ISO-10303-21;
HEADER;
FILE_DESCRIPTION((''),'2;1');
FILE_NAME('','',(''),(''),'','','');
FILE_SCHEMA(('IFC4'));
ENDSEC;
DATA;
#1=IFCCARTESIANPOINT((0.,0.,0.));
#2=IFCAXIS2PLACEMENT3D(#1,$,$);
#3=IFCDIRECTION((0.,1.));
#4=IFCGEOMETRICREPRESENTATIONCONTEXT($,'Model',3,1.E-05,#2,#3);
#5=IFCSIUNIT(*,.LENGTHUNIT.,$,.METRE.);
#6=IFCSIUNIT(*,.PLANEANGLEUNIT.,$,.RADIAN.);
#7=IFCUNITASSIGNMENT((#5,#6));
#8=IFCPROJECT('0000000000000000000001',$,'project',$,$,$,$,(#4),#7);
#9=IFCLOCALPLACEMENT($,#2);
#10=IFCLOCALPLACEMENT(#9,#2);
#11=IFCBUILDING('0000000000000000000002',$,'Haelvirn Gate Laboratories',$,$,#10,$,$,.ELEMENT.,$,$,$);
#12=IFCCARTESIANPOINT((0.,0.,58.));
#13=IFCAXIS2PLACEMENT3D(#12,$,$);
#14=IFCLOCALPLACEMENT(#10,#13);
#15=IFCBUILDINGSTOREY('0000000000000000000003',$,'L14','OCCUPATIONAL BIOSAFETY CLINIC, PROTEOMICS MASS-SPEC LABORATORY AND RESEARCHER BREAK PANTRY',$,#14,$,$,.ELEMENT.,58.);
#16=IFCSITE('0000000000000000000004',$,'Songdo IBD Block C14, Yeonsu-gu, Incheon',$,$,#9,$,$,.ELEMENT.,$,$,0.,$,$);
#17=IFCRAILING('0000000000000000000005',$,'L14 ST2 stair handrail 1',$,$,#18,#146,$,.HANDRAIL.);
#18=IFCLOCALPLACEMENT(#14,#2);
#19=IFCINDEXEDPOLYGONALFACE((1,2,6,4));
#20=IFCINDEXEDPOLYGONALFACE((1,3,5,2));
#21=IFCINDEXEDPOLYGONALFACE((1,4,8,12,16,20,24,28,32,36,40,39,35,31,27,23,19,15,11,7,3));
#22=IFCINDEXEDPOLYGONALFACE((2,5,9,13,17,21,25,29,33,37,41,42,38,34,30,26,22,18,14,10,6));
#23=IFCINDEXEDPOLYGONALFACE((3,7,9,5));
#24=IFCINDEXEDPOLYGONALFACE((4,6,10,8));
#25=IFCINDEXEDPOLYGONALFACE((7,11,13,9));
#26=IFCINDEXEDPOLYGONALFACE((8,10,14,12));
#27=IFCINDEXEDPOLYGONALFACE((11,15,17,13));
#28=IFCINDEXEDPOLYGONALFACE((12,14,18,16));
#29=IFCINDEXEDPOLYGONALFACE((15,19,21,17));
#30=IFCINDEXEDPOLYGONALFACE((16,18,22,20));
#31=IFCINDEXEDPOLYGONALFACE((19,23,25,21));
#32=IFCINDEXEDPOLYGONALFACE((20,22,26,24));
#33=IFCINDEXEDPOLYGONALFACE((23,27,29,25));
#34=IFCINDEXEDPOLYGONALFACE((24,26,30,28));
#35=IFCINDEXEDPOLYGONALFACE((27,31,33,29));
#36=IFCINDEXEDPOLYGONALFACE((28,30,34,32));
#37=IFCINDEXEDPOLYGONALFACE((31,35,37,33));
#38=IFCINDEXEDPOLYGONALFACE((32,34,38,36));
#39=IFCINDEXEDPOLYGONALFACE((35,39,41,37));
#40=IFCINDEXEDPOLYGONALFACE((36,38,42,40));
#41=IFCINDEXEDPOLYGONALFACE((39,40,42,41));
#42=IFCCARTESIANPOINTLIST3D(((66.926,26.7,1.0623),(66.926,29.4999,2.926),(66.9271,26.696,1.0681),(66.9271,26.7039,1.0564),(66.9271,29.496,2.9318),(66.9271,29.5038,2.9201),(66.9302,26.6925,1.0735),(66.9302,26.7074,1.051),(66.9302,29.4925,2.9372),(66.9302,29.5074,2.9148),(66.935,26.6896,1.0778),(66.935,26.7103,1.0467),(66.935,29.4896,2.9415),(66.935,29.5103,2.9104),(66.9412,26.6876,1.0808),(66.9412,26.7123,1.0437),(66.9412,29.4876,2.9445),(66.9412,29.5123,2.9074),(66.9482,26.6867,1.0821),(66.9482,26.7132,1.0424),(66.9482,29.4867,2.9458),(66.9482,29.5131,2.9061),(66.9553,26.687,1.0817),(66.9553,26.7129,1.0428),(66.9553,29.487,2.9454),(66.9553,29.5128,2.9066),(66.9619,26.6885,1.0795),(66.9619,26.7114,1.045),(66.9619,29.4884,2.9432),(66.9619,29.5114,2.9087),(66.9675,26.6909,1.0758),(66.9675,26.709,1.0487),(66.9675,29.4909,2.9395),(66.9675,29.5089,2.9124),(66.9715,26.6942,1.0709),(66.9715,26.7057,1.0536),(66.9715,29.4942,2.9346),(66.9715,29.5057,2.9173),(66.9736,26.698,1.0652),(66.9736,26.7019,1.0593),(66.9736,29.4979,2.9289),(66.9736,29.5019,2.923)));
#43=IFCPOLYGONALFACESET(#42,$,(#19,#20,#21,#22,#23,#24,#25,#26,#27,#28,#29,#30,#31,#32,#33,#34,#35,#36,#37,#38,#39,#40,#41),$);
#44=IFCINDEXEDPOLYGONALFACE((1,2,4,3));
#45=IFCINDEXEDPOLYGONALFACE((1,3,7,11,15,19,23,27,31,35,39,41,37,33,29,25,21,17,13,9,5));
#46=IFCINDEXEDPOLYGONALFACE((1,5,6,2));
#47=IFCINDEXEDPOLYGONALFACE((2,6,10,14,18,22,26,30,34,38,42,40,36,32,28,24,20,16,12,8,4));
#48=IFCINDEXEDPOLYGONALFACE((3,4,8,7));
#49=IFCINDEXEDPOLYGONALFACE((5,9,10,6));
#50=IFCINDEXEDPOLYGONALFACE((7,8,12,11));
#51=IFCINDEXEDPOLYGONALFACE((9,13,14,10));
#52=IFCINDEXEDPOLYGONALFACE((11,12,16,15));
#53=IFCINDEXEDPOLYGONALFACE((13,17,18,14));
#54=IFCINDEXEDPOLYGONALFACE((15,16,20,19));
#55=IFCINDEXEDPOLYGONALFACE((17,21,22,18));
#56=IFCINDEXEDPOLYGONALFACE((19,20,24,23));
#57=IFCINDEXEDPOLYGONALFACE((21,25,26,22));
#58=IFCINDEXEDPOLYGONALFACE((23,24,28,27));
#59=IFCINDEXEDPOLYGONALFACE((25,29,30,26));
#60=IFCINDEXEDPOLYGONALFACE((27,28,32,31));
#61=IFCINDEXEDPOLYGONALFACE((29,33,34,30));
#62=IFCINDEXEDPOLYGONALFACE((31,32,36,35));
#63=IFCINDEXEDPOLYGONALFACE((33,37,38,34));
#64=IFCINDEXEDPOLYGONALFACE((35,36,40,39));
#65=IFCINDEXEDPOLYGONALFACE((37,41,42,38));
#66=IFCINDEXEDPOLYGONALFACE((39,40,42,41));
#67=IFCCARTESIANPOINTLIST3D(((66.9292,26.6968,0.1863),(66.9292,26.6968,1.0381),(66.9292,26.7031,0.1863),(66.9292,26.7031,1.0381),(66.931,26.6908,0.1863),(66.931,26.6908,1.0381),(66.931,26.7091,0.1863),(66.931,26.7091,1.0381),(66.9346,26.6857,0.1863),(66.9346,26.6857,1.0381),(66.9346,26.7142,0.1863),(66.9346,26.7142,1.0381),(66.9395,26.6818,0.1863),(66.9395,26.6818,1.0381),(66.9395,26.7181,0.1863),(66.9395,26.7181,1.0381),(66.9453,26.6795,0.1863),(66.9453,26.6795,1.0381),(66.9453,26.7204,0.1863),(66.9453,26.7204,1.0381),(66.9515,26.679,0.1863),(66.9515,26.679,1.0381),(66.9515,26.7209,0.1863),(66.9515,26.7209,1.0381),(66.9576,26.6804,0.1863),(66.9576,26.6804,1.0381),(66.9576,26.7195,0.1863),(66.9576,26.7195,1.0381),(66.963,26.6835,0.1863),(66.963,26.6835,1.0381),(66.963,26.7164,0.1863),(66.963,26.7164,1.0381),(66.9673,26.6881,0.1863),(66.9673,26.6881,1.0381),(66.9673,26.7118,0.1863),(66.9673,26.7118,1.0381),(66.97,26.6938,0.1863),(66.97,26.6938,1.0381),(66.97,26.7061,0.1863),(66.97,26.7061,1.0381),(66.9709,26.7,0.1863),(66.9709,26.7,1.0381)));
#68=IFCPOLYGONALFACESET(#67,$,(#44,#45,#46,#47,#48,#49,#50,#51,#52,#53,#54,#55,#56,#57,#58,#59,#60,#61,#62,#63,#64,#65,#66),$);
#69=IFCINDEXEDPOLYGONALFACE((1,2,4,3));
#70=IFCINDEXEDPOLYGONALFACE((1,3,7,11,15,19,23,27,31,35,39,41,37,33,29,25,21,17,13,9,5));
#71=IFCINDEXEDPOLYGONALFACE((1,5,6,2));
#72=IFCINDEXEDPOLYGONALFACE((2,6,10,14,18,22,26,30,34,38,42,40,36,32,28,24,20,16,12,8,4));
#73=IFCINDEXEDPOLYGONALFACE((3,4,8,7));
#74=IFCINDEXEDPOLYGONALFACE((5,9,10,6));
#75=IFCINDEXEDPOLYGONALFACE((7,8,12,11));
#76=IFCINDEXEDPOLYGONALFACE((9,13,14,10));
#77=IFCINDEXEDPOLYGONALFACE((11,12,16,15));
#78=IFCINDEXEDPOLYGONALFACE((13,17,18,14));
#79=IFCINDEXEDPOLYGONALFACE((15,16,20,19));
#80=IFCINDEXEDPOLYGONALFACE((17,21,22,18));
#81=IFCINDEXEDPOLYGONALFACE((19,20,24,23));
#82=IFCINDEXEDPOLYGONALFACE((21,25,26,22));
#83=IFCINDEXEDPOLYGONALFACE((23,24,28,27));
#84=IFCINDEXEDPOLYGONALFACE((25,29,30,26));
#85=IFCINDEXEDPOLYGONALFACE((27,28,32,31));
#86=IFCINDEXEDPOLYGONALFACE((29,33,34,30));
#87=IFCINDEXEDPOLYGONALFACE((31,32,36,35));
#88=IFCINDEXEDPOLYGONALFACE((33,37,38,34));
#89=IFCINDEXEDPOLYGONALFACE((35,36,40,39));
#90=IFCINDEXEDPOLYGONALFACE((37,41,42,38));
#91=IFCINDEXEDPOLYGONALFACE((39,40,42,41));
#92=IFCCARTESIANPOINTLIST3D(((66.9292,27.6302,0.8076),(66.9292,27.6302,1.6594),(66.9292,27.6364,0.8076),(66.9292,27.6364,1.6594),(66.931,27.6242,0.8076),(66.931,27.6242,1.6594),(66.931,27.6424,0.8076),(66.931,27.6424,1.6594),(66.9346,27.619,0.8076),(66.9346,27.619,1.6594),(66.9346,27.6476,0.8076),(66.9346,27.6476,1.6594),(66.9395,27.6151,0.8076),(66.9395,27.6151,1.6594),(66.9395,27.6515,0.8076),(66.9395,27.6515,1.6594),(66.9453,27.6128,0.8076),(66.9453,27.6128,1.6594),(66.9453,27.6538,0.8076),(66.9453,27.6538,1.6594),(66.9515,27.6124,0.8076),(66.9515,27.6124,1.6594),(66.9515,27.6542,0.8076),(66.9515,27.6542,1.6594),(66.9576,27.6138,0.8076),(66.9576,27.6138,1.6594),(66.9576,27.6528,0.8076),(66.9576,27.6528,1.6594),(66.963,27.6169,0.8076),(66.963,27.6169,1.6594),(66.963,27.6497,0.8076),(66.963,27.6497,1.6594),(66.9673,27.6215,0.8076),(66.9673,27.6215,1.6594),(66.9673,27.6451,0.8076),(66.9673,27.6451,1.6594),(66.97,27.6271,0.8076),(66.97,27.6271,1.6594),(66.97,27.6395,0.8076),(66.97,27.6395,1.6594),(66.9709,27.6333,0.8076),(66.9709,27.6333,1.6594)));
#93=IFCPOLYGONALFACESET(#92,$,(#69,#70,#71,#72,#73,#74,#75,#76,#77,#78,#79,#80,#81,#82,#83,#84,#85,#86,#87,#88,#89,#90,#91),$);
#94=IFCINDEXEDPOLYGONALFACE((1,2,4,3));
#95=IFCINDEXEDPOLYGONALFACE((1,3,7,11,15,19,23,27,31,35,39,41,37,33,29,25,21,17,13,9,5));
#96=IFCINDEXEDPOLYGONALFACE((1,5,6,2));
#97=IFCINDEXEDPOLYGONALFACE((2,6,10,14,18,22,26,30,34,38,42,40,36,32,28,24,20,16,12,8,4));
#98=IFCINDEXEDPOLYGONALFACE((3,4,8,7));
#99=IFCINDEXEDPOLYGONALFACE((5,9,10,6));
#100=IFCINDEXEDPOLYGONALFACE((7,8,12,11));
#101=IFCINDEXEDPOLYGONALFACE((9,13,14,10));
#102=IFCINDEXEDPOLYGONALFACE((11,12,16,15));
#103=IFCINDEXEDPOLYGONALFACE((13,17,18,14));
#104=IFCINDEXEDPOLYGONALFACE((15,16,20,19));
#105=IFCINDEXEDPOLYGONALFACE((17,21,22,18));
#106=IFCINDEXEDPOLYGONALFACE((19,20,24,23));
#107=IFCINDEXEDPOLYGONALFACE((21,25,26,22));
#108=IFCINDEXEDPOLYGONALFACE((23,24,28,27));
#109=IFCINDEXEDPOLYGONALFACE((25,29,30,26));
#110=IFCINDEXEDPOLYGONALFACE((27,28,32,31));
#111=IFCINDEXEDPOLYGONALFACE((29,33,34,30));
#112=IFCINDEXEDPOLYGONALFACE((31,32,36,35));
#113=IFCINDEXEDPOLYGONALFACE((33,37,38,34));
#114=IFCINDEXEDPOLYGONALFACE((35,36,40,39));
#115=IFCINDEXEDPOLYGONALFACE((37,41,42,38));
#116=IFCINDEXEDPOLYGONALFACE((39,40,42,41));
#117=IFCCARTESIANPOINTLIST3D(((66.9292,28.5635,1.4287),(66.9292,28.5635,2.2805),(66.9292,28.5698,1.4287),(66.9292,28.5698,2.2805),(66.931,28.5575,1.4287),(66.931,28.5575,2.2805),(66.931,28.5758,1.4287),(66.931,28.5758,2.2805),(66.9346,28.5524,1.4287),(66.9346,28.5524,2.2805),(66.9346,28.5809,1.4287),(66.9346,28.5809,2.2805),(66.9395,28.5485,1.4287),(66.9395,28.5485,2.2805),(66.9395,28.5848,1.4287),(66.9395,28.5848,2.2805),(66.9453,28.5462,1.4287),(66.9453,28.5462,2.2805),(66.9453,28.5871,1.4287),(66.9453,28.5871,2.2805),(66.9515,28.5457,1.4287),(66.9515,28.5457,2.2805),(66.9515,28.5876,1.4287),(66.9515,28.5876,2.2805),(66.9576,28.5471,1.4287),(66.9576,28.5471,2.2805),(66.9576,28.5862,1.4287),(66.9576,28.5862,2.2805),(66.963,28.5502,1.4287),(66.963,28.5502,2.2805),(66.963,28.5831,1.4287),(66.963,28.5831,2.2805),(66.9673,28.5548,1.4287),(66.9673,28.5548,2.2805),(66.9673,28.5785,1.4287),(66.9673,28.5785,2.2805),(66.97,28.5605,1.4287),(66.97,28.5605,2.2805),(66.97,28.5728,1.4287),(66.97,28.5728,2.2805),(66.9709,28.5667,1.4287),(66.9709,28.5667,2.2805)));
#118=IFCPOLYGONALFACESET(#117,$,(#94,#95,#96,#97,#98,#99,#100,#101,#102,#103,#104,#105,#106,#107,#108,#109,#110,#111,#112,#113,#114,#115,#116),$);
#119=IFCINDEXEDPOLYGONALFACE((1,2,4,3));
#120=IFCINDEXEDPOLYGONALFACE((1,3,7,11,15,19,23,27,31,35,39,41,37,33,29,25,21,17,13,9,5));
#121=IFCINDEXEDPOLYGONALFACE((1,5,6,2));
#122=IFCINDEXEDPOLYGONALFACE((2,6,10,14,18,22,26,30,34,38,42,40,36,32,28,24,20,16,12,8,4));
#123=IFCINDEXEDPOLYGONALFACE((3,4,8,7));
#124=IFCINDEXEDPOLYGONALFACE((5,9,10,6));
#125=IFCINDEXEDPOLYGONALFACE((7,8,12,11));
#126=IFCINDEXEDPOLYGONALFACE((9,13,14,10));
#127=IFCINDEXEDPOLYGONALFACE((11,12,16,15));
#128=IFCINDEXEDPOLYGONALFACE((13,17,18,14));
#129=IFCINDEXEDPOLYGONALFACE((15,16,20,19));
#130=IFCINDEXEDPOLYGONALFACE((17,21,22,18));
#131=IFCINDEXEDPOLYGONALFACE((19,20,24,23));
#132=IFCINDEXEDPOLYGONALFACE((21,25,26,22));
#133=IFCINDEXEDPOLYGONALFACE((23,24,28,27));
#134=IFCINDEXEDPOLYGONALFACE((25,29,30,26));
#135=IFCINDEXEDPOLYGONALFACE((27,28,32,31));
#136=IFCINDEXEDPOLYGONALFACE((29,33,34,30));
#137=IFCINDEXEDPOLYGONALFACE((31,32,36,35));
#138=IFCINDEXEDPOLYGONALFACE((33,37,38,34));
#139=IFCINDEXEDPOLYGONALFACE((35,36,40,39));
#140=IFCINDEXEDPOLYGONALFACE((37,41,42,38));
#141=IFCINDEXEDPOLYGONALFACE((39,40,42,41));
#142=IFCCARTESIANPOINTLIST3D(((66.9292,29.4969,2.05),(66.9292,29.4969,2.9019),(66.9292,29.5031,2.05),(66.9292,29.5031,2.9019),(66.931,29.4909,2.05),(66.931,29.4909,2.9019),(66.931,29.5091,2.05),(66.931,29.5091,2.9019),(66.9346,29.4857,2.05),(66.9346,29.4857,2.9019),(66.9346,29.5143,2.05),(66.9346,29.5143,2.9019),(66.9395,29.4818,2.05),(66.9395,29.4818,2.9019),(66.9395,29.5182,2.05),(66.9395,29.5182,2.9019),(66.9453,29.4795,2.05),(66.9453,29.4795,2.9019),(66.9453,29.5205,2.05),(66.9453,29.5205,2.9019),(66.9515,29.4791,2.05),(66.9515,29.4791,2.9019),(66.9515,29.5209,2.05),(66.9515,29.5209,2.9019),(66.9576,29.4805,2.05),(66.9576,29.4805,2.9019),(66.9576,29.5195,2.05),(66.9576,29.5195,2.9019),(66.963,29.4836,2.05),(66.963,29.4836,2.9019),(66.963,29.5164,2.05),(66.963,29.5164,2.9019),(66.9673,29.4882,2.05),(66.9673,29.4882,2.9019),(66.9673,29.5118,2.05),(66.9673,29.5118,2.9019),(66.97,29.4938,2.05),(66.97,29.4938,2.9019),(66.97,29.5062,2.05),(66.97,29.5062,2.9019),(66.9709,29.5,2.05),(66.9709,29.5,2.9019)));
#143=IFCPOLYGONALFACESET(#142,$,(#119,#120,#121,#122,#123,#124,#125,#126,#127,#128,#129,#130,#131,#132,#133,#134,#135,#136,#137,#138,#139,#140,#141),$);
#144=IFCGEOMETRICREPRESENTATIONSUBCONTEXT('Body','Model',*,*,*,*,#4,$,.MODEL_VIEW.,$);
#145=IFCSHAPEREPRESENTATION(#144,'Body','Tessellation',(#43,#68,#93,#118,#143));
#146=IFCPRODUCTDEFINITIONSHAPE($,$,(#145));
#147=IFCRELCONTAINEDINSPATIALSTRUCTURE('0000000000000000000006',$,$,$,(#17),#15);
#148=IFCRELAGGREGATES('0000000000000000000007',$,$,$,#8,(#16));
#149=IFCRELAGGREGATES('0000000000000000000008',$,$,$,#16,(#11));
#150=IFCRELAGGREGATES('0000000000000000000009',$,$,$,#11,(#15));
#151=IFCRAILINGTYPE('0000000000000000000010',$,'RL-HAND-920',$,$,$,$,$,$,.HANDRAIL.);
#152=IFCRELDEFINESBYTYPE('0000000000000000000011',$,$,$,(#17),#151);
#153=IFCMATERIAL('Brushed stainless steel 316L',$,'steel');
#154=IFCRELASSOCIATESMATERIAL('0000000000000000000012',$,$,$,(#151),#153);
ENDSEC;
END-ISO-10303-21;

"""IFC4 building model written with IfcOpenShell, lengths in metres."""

from ifc_helpers import new_model, si_unit, direction, frame, origin, origin_2d, place, context, subcontext, project, spatial, circle, extrude, source, transform, mapped, material, type_object, element, save


model = new_model("IFC4")

# Units and contexts
model_context = context("Model", 3, precision=1e-05, world=origin(), true_north=direction((0.0, 1.0)))
body_context = subcontext(model_context, "Body", "Model", "MODEL_VIEW")
ifc_project = project(units=[si_unit("LENGTHUNIT", "METRE"), si_unit("PLANEANGLEUNIT", "RADIAN")], contexts=[model_context])

# Site, building, storey
site_placement = place(None, origin())
site = spatial("IfcSite", under=ifc_project, at=site_placement, Name="Songdo IBD Block C14, Yeonsu-gu, Incheon", CompositionType="ELEMENT", RefElevation=0.0)
building_placement = place(site_placement, origin())
building = spatial("IfcBuilding", under=site, at=building_placement, Name="Haelvirn Gate Laboratories", CompositionType="ELEMENT")
storey_placement = place(building_placement, frame((0.0, 0.0, 58.0)))
storey = spatial("IfcBuildingStorey", under=building, at=storey_placement, Name="L14", Description="OCCUPATIONAL BIOSAFETY CLINIC, PROTEOMICS MASS-SPEC LABORATORY AND RESEARCHER BREAK PANTRY", CompositionType="ELEMENT", Elevation=58.0)

# Railing
ifc_material_1 = material(Name="Brushed stainless steel 316L", Category="steel")
railing_type_1 = type_object("IfcRailingType", Name="RL-HAND-920", PredefinedType="HANDRAIL", material=ifc_material_1)
shared_shape_1 = source(origin(), body_context, "Body", "SweptSolid", [
    extrude(circle(Radius=0.0239, at=origin_2d()), frame((0.0, 0.0, 0.876), z_axis=(0.0, 0.832452, 0.554097), x_axis=(-1.0, 0.0, 0.0)), (0.0, 0.0, 1.0), 3.3635),
    extrude(circle(Radius=0.021, at=origin_2d()), origin(), (0.0, 0.0, 1.0), 0.8518),
    extrude(circle(Radius=0.021, at=origin_2d()), frame((0.0, 0.9333, 0.6213)), (0.0, 0.0, 1.0), 0.8518),
    extrude(circle(Radius=0.021, at=origin_2d()), frame((0.0, 1.8667, 1.2424)), (0.0, 0.0, 1.0), 0.8518),
    extrude(circle(Radius=0.021, at=origin_2d()), frame((0.0, 2.8, 1.8638)), (0.0, 0.0, 1.0), 0.8518),
])
railing_1_placement = place(storey_placement, frame((66.95, 26.7, 0.1863)))
element("IfcRailing", 1, at=railing_1_placement, inside=storey, type_object=railing_type_1, Name="L14 ST2 stair handrail 1", PredefinedType="HANDRAIL", context=body_context, shape_type="MappedRepresentation", body=[
    mapped(shared_shape_1, transform((0.0, 0.0, 0.0), scale=1.0)),
])

save(model, "model.ifc")
